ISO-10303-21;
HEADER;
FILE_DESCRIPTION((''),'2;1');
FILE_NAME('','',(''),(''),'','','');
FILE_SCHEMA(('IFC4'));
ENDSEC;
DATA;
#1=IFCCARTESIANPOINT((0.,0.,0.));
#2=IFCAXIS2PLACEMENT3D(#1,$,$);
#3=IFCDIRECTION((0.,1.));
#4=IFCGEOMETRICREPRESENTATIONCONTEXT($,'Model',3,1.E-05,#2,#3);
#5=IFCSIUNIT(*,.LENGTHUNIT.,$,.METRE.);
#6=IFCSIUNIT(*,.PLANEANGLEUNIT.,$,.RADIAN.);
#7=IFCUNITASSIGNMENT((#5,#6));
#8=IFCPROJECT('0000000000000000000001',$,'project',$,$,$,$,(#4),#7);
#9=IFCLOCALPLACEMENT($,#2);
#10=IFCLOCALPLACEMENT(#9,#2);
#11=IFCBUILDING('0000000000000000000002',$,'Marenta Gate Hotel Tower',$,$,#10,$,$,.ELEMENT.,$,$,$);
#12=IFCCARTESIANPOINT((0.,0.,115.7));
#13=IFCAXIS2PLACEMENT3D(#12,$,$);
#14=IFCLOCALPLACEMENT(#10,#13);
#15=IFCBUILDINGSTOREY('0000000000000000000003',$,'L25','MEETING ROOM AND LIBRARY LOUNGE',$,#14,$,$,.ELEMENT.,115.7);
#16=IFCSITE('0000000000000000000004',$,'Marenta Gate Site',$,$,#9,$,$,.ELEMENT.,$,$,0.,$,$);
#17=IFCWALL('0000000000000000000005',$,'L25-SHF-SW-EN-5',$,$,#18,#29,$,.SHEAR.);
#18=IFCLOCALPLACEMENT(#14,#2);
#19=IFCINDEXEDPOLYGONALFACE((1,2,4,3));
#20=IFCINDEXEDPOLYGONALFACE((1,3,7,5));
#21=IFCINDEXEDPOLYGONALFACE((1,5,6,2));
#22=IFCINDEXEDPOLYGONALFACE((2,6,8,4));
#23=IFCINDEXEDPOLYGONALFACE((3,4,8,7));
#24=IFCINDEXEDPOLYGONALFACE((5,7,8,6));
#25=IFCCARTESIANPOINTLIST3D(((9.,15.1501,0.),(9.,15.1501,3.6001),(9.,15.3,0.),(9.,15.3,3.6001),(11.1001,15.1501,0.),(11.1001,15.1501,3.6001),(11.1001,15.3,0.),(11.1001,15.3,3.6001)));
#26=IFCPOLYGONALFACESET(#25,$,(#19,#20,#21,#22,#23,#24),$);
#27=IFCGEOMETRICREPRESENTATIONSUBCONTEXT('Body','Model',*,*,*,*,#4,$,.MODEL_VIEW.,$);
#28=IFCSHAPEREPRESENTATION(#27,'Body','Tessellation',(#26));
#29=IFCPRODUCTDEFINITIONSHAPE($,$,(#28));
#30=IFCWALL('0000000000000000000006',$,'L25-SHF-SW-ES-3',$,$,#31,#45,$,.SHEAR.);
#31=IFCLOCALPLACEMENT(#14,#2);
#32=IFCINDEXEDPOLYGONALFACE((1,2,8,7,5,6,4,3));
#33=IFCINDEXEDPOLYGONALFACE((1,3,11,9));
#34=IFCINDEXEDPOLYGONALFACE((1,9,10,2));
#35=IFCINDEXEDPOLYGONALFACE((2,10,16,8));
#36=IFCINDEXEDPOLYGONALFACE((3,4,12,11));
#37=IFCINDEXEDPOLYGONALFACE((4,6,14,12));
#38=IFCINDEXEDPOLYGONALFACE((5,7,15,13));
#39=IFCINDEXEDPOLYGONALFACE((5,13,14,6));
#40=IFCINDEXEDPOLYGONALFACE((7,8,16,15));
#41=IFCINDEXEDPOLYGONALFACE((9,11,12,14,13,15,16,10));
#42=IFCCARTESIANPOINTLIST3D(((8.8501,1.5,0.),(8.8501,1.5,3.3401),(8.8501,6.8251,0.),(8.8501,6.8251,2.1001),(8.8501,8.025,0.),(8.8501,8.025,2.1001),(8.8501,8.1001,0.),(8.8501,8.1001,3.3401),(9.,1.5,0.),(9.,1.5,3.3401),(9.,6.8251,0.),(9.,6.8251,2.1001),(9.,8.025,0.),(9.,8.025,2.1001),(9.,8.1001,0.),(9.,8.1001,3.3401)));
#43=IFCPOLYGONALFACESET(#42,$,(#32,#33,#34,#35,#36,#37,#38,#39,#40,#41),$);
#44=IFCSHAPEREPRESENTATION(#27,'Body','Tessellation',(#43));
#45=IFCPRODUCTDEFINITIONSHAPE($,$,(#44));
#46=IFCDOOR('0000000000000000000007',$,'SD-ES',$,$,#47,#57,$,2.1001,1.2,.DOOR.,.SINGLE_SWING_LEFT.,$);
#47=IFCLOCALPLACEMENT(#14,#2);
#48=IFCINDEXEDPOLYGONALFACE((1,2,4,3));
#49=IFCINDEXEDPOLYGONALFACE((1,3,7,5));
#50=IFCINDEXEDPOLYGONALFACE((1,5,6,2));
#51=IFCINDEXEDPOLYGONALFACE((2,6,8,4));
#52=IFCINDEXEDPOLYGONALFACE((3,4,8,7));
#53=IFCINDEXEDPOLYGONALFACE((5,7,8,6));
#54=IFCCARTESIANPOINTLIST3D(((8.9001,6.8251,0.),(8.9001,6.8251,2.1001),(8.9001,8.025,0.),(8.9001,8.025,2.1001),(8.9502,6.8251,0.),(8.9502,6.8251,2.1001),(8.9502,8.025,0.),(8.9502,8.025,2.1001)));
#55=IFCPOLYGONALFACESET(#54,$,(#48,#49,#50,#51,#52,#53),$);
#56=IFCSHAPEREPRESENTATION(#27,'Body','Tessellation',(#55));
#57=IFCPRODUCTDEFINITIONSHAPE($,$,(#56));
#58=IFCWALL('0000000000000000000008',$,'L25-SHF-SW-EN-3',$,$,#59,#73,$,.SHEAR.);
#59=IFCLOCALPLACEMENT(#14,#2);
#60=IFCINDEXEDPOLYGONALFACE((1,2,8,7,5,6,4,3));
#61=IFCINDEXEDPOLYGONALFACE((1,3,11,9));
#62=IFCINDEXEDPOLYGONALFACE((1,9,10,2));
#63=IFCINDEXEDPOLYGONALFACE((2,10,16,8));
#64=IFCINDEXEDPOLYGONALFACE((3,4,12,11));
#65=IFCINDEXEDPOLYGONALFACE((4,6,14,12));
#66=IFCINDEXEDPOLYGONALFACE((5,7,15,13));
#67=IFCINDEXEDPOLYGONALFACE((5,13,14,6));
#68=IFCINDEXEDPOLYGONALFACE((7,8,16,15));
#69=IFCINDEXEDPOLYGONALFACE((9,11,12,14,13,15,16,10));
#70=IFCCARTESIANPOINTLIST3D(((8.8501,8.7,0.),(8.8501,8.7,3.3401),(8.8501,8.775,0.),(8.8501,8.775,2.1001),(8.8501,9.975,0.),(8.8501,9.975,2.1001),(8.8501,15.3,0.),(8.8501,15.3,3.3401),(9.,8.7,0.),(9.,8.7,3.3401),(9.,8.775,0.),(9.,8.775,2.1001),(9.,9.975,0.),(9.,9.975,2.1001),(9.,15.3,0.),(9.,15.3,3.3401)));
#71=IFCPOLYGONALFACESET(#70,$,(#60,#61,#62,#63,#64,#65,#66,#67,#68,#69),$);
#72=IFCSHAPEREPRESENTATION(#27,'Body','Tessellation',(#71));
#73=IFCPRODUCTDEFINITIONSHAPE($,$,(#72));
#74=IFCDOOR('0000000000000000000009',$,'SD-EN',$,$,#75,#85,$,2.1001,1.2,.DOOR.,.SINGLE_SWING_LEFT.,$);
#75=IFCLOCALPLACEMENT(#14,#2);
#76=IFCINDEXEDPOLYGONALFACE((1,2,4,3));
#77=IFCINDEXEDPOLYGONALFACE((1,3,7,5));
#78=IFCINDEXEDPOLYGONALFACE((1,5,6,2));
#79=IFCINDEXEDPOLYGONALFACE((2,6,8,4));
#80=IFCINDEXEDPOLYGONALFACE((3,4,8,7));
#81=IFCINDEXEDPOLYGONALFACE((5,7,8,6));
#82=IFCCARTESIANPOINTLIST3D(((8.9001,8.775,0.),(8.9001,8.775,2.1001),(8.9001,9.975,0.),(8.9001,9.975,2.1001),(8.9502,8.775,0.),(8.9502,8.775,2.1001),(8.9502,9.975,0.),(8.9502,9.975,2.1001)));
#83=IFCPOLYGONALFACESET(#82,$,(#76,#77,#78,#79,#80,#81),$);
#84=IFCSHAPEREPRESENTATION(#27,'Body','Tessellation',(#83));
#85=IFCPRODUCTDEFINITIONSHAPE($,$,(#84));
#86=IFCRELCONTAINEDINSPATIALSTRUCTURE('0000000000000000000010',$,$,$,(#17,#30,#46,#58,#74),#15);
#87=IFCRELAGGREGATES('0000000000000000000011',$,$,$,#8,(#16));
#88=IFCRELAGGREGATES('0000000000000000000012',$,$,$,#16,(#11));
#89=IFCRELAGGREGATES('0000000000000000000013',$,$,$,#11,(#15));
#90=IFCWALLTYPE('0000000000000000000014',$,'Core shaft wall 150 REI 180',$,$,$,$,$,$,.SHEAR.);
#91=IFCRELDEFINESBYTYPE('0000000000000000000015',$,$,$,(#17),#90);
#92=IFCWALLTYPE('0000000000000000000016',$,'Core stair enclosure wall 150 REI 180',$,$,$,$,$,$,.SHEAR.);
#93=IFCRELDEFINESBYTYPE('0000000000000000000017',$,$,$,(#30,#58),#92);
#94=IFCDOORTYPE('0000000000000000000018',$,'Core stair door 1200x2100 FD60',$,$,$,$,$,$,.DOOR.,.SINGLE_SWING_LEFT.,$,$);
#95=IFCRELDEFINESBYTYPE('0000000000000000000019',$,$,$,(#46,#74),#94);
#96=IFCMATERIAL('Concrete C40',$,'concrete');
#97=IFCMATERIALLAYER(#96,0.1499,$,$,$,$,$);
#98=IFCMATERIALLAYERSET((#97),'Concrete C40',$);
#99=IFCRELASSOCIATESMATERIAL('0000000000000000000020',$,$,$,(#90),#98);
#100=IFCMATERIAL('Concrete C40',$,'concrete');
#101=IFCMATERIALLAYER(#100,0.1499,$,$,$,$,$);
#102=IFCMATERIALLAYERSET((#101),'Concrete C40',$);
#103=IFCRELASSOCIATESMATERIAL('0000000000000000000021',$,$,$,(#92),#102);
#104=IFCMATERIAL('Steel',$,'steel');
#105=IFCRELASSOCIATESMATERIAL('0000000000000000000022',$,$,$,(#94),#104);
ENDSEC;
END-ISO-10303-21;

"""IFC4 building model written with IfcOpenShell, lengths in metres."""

from ifc_helpers import new_model, si_unit, direction, frame, frame_2d, origin, place, context, subcontext, project, spatial, rectangle, extrude, material, layer, layer_set, type_object, element, fill, save


model = new_model("IFC4")

# Units and contexts
model_context = context("Model", 3, precision=1e-05, world=origin(), true_north=direction((0.0, 1.0)))
body_context = subcontext(model_context, "Body", "Model", "MODEL_VIEW")
ifc_project = project(units=[si_unit("LENGTHUNIT", "METRE"), si_unit("PLANEANGLEUNIT", "RADIAN")], contexts=[model_context])

# Site, building, storey
site_placement = place(None, origin())
site = spatial("IfcSite", under=ifc_project, at=site_placement, Name="Marenta Gate Site", CompositionType="ELEMENT", RefElevation=0.0)
building_placement = place(site_placement, origin())
building = spatial("IfcBuilding", under=site, at=building_placement, Name="Marenta Gate Hotel Tower", CompositionType="ELEMENT")
storey_placement = place(building_placement, frame((0.0, 0.0, 115.7)))
storey = spatial("IfcBuildingStorey", under=building, at=storey_placement, Name="L25", Description="MEETING ROOM AND LIBRARY LOUNGE", CompositionType="ELEMENT", Elevation=115.7)

# Wall
ifc_material_1 = material(Name="Concrete C40", Category="concrete")
ifc_layer_1 = layer(ifc_material_1, 0.1499)
ifc_layer_set_1 = layer_set([ifc_layer_1], Name="Concrete C40")
wall_type_1 = type_object("IfcWallType", Name="Core shaft wall 150 REI 180", PredefinedType="SHEAR", material=ifc_layer_set_1)
for number, where, z_axis, x_axis, name in (
    (1, (9.0, 15.2251, 0.0), (0.0, 0.0, 1.0), (1.0, 0.0, 0.0), "L25-SHF-SW-EN-5"),
):
    element("IfcWall", number, at=place(storey_placement, frame(where, z_axis=z_axis, x_axis=x_axis)), inside=storey, type_object=wall_type_1, Name=name, PredefinedType="SHEAR", context=body_context, shape_type="SweptSolid", body=[
        extrude(rectangle(XDim=2.1001, YDim=0.1499, at=frame_2d((1.05, 0.0))), origin(), (0.0, 0.0, 1.0), 3.6001),
    ])

# Walls, openings, doors
ifc_material_2 = material(Name="Concrete C40", Category="concrete")
ifc_layer_2 = layer(ifc_material_2, 0.1499)
ifc_layer_set_2 = layer_set([ifc_layer_2], Name="Concrete C40")
wall_type_2 = type_object("IfcWallType", Name="Core stair enclosure wall 150 REI 180", PredefinedType="SHEAR", material=ifc_layer_set_2)
wall_1_placement = place(storey_placement, frame((8.925, 1.5, 0.0), z_axis=(0.0, 0.0, 1.0), x_axis=(0.0, 1.0, 0.0)))
wall_1 = element("IfcWall", 2, at=wall_1_placement, inside=storey, type_object=wall_type_2, Name="L25-SHF-SW-ES-3", PredefinedType="SHEAR", context=body_context, shape_type="SweptSolid", body=[
    extrude(rectangle(XDim=6.6001, YDim=0.1499, at=frame_2d((3.3, 0.0))), origin(), (0.0, 0.0, 1.0), 3.3401),
])
opening_1_placement = place(wall_1_placement, frame((5.325, 0.0, 0.0)))
opening_1 = element("IfcOpeningElement", 3, at=opening_1_placement, cuts=wall_1, PredefinedType="OPENING", context=body_context, shape_type="SweptSolid", body=[
    extrude(rectangle(XDim=1.2, YDim=2.1001, at=frame_2d((0.6001, 1.05))), frame((0.0, 0.075, 0.0), z_axis=(0.0, -1.0, 0.0), x_axis=(1.0, 0.0, 0.0)), (0.0, 0.0, 1.0), 0.1499),
])
ifc_material_3 = material(Name="Steel", Category="steel")
door_type_1 = type_object("IfcDoorType", Name="Core stair door 1200x2100 FD60", OperationType="SINGLE_SWING_LEFT", PredefinedType="DOOR", material=ifc_material_3)
door_1_placement = place(opening_1_placement, origin())
door_1 = element("IfcDoor", 4, at=door_1_placement, inside=storey, type_object=door_type_1, Name="SD-ES", OperationType="SINGLE_SWING_LEFT", OverallHeight=2.1001, OverallWidth=1.2, PredefinedType="DOOR", context=body_context, shape_type="SweptSolid", body=[
    extrude(rectangle(XDim=1.2, YDim=2.1001, at=frame_2d((0.6001, 1.05))), frame((0.0, 0.0249, 0.0), z_axis=(0.0, -1.0, 0.0), x_axis=(1.0, 0.0, 0.0)), (0.0, 0.0, 1.0), 0.05),
])
fill(opening_1, door_1)
wall_2_placement = place(storey_placement, frame((8.925, 8.7, 0.0), z_axis=(0.0, 0.0, 1.0), x_axis=(0.0, 1.0, 0.0)))
wall_2 = element("IfcWall", 5, at=wall_2_placement, inside=storey, type_object=wall_type_2, Name="L25-SHF-SW-EN-3", PredefinedType="SHEAR", context=body_context, shape_type="SweptSolid", body=[
    extrude(rectangle(XDim=6.6001, YDim=0.1499, at=frame_2d((3.3, 0.0))), origin(), (0.0, 0.0, 1.0), 3.3401),
])
opening_2_placement = place(wall_2_placement, frame((0.075, 0.0, 0.0)))
opening_2 = element("IfcOpeningElement", 6, at=opening_2_placement, cuts=wall_2, PredefinedType="OPENING", context=body_context, shape_type="SweptSolid", body=[
    extrude(rectangle(XDim=1.2, YDim=2.1001, at=frame_2d((0.6001, 1.05))), frame((0.0, 0.075, 0.0), z_axis=(0.0, -1.0, 0.0), x_axis=(1.0, 0.0, 0.0)), (0.0, 0.0, 1.0), 0.1499),
])
door_2_placement = place(opening_2_placement, origin())
door_2 = element("IfcDoor", 7, at=door_2_placement, inside=storey, type_object=door_type_1, Name="SD-EN", OperationType="SINGLE_SWING_LEFT", OverallHeight=2.1001, OverallWidth=1.2, PredefinedType="DOOR", context=body_context, shape_type="SweptSolid", body=[
    extrude(rectangle(XDim=1.2, YDim=2.1001, at=frame_2d((0.6001, 1.05))), frame((0.0, 0.0249, 0.0), z_axis=(0.0, -1.0, 0.0), x_axis=(1.0, 0.0, 0.0)), (0.0, 0.0, 1.0), 0.05),
])
fill(opening_2, door_2)

save(model, "model.ifc")
